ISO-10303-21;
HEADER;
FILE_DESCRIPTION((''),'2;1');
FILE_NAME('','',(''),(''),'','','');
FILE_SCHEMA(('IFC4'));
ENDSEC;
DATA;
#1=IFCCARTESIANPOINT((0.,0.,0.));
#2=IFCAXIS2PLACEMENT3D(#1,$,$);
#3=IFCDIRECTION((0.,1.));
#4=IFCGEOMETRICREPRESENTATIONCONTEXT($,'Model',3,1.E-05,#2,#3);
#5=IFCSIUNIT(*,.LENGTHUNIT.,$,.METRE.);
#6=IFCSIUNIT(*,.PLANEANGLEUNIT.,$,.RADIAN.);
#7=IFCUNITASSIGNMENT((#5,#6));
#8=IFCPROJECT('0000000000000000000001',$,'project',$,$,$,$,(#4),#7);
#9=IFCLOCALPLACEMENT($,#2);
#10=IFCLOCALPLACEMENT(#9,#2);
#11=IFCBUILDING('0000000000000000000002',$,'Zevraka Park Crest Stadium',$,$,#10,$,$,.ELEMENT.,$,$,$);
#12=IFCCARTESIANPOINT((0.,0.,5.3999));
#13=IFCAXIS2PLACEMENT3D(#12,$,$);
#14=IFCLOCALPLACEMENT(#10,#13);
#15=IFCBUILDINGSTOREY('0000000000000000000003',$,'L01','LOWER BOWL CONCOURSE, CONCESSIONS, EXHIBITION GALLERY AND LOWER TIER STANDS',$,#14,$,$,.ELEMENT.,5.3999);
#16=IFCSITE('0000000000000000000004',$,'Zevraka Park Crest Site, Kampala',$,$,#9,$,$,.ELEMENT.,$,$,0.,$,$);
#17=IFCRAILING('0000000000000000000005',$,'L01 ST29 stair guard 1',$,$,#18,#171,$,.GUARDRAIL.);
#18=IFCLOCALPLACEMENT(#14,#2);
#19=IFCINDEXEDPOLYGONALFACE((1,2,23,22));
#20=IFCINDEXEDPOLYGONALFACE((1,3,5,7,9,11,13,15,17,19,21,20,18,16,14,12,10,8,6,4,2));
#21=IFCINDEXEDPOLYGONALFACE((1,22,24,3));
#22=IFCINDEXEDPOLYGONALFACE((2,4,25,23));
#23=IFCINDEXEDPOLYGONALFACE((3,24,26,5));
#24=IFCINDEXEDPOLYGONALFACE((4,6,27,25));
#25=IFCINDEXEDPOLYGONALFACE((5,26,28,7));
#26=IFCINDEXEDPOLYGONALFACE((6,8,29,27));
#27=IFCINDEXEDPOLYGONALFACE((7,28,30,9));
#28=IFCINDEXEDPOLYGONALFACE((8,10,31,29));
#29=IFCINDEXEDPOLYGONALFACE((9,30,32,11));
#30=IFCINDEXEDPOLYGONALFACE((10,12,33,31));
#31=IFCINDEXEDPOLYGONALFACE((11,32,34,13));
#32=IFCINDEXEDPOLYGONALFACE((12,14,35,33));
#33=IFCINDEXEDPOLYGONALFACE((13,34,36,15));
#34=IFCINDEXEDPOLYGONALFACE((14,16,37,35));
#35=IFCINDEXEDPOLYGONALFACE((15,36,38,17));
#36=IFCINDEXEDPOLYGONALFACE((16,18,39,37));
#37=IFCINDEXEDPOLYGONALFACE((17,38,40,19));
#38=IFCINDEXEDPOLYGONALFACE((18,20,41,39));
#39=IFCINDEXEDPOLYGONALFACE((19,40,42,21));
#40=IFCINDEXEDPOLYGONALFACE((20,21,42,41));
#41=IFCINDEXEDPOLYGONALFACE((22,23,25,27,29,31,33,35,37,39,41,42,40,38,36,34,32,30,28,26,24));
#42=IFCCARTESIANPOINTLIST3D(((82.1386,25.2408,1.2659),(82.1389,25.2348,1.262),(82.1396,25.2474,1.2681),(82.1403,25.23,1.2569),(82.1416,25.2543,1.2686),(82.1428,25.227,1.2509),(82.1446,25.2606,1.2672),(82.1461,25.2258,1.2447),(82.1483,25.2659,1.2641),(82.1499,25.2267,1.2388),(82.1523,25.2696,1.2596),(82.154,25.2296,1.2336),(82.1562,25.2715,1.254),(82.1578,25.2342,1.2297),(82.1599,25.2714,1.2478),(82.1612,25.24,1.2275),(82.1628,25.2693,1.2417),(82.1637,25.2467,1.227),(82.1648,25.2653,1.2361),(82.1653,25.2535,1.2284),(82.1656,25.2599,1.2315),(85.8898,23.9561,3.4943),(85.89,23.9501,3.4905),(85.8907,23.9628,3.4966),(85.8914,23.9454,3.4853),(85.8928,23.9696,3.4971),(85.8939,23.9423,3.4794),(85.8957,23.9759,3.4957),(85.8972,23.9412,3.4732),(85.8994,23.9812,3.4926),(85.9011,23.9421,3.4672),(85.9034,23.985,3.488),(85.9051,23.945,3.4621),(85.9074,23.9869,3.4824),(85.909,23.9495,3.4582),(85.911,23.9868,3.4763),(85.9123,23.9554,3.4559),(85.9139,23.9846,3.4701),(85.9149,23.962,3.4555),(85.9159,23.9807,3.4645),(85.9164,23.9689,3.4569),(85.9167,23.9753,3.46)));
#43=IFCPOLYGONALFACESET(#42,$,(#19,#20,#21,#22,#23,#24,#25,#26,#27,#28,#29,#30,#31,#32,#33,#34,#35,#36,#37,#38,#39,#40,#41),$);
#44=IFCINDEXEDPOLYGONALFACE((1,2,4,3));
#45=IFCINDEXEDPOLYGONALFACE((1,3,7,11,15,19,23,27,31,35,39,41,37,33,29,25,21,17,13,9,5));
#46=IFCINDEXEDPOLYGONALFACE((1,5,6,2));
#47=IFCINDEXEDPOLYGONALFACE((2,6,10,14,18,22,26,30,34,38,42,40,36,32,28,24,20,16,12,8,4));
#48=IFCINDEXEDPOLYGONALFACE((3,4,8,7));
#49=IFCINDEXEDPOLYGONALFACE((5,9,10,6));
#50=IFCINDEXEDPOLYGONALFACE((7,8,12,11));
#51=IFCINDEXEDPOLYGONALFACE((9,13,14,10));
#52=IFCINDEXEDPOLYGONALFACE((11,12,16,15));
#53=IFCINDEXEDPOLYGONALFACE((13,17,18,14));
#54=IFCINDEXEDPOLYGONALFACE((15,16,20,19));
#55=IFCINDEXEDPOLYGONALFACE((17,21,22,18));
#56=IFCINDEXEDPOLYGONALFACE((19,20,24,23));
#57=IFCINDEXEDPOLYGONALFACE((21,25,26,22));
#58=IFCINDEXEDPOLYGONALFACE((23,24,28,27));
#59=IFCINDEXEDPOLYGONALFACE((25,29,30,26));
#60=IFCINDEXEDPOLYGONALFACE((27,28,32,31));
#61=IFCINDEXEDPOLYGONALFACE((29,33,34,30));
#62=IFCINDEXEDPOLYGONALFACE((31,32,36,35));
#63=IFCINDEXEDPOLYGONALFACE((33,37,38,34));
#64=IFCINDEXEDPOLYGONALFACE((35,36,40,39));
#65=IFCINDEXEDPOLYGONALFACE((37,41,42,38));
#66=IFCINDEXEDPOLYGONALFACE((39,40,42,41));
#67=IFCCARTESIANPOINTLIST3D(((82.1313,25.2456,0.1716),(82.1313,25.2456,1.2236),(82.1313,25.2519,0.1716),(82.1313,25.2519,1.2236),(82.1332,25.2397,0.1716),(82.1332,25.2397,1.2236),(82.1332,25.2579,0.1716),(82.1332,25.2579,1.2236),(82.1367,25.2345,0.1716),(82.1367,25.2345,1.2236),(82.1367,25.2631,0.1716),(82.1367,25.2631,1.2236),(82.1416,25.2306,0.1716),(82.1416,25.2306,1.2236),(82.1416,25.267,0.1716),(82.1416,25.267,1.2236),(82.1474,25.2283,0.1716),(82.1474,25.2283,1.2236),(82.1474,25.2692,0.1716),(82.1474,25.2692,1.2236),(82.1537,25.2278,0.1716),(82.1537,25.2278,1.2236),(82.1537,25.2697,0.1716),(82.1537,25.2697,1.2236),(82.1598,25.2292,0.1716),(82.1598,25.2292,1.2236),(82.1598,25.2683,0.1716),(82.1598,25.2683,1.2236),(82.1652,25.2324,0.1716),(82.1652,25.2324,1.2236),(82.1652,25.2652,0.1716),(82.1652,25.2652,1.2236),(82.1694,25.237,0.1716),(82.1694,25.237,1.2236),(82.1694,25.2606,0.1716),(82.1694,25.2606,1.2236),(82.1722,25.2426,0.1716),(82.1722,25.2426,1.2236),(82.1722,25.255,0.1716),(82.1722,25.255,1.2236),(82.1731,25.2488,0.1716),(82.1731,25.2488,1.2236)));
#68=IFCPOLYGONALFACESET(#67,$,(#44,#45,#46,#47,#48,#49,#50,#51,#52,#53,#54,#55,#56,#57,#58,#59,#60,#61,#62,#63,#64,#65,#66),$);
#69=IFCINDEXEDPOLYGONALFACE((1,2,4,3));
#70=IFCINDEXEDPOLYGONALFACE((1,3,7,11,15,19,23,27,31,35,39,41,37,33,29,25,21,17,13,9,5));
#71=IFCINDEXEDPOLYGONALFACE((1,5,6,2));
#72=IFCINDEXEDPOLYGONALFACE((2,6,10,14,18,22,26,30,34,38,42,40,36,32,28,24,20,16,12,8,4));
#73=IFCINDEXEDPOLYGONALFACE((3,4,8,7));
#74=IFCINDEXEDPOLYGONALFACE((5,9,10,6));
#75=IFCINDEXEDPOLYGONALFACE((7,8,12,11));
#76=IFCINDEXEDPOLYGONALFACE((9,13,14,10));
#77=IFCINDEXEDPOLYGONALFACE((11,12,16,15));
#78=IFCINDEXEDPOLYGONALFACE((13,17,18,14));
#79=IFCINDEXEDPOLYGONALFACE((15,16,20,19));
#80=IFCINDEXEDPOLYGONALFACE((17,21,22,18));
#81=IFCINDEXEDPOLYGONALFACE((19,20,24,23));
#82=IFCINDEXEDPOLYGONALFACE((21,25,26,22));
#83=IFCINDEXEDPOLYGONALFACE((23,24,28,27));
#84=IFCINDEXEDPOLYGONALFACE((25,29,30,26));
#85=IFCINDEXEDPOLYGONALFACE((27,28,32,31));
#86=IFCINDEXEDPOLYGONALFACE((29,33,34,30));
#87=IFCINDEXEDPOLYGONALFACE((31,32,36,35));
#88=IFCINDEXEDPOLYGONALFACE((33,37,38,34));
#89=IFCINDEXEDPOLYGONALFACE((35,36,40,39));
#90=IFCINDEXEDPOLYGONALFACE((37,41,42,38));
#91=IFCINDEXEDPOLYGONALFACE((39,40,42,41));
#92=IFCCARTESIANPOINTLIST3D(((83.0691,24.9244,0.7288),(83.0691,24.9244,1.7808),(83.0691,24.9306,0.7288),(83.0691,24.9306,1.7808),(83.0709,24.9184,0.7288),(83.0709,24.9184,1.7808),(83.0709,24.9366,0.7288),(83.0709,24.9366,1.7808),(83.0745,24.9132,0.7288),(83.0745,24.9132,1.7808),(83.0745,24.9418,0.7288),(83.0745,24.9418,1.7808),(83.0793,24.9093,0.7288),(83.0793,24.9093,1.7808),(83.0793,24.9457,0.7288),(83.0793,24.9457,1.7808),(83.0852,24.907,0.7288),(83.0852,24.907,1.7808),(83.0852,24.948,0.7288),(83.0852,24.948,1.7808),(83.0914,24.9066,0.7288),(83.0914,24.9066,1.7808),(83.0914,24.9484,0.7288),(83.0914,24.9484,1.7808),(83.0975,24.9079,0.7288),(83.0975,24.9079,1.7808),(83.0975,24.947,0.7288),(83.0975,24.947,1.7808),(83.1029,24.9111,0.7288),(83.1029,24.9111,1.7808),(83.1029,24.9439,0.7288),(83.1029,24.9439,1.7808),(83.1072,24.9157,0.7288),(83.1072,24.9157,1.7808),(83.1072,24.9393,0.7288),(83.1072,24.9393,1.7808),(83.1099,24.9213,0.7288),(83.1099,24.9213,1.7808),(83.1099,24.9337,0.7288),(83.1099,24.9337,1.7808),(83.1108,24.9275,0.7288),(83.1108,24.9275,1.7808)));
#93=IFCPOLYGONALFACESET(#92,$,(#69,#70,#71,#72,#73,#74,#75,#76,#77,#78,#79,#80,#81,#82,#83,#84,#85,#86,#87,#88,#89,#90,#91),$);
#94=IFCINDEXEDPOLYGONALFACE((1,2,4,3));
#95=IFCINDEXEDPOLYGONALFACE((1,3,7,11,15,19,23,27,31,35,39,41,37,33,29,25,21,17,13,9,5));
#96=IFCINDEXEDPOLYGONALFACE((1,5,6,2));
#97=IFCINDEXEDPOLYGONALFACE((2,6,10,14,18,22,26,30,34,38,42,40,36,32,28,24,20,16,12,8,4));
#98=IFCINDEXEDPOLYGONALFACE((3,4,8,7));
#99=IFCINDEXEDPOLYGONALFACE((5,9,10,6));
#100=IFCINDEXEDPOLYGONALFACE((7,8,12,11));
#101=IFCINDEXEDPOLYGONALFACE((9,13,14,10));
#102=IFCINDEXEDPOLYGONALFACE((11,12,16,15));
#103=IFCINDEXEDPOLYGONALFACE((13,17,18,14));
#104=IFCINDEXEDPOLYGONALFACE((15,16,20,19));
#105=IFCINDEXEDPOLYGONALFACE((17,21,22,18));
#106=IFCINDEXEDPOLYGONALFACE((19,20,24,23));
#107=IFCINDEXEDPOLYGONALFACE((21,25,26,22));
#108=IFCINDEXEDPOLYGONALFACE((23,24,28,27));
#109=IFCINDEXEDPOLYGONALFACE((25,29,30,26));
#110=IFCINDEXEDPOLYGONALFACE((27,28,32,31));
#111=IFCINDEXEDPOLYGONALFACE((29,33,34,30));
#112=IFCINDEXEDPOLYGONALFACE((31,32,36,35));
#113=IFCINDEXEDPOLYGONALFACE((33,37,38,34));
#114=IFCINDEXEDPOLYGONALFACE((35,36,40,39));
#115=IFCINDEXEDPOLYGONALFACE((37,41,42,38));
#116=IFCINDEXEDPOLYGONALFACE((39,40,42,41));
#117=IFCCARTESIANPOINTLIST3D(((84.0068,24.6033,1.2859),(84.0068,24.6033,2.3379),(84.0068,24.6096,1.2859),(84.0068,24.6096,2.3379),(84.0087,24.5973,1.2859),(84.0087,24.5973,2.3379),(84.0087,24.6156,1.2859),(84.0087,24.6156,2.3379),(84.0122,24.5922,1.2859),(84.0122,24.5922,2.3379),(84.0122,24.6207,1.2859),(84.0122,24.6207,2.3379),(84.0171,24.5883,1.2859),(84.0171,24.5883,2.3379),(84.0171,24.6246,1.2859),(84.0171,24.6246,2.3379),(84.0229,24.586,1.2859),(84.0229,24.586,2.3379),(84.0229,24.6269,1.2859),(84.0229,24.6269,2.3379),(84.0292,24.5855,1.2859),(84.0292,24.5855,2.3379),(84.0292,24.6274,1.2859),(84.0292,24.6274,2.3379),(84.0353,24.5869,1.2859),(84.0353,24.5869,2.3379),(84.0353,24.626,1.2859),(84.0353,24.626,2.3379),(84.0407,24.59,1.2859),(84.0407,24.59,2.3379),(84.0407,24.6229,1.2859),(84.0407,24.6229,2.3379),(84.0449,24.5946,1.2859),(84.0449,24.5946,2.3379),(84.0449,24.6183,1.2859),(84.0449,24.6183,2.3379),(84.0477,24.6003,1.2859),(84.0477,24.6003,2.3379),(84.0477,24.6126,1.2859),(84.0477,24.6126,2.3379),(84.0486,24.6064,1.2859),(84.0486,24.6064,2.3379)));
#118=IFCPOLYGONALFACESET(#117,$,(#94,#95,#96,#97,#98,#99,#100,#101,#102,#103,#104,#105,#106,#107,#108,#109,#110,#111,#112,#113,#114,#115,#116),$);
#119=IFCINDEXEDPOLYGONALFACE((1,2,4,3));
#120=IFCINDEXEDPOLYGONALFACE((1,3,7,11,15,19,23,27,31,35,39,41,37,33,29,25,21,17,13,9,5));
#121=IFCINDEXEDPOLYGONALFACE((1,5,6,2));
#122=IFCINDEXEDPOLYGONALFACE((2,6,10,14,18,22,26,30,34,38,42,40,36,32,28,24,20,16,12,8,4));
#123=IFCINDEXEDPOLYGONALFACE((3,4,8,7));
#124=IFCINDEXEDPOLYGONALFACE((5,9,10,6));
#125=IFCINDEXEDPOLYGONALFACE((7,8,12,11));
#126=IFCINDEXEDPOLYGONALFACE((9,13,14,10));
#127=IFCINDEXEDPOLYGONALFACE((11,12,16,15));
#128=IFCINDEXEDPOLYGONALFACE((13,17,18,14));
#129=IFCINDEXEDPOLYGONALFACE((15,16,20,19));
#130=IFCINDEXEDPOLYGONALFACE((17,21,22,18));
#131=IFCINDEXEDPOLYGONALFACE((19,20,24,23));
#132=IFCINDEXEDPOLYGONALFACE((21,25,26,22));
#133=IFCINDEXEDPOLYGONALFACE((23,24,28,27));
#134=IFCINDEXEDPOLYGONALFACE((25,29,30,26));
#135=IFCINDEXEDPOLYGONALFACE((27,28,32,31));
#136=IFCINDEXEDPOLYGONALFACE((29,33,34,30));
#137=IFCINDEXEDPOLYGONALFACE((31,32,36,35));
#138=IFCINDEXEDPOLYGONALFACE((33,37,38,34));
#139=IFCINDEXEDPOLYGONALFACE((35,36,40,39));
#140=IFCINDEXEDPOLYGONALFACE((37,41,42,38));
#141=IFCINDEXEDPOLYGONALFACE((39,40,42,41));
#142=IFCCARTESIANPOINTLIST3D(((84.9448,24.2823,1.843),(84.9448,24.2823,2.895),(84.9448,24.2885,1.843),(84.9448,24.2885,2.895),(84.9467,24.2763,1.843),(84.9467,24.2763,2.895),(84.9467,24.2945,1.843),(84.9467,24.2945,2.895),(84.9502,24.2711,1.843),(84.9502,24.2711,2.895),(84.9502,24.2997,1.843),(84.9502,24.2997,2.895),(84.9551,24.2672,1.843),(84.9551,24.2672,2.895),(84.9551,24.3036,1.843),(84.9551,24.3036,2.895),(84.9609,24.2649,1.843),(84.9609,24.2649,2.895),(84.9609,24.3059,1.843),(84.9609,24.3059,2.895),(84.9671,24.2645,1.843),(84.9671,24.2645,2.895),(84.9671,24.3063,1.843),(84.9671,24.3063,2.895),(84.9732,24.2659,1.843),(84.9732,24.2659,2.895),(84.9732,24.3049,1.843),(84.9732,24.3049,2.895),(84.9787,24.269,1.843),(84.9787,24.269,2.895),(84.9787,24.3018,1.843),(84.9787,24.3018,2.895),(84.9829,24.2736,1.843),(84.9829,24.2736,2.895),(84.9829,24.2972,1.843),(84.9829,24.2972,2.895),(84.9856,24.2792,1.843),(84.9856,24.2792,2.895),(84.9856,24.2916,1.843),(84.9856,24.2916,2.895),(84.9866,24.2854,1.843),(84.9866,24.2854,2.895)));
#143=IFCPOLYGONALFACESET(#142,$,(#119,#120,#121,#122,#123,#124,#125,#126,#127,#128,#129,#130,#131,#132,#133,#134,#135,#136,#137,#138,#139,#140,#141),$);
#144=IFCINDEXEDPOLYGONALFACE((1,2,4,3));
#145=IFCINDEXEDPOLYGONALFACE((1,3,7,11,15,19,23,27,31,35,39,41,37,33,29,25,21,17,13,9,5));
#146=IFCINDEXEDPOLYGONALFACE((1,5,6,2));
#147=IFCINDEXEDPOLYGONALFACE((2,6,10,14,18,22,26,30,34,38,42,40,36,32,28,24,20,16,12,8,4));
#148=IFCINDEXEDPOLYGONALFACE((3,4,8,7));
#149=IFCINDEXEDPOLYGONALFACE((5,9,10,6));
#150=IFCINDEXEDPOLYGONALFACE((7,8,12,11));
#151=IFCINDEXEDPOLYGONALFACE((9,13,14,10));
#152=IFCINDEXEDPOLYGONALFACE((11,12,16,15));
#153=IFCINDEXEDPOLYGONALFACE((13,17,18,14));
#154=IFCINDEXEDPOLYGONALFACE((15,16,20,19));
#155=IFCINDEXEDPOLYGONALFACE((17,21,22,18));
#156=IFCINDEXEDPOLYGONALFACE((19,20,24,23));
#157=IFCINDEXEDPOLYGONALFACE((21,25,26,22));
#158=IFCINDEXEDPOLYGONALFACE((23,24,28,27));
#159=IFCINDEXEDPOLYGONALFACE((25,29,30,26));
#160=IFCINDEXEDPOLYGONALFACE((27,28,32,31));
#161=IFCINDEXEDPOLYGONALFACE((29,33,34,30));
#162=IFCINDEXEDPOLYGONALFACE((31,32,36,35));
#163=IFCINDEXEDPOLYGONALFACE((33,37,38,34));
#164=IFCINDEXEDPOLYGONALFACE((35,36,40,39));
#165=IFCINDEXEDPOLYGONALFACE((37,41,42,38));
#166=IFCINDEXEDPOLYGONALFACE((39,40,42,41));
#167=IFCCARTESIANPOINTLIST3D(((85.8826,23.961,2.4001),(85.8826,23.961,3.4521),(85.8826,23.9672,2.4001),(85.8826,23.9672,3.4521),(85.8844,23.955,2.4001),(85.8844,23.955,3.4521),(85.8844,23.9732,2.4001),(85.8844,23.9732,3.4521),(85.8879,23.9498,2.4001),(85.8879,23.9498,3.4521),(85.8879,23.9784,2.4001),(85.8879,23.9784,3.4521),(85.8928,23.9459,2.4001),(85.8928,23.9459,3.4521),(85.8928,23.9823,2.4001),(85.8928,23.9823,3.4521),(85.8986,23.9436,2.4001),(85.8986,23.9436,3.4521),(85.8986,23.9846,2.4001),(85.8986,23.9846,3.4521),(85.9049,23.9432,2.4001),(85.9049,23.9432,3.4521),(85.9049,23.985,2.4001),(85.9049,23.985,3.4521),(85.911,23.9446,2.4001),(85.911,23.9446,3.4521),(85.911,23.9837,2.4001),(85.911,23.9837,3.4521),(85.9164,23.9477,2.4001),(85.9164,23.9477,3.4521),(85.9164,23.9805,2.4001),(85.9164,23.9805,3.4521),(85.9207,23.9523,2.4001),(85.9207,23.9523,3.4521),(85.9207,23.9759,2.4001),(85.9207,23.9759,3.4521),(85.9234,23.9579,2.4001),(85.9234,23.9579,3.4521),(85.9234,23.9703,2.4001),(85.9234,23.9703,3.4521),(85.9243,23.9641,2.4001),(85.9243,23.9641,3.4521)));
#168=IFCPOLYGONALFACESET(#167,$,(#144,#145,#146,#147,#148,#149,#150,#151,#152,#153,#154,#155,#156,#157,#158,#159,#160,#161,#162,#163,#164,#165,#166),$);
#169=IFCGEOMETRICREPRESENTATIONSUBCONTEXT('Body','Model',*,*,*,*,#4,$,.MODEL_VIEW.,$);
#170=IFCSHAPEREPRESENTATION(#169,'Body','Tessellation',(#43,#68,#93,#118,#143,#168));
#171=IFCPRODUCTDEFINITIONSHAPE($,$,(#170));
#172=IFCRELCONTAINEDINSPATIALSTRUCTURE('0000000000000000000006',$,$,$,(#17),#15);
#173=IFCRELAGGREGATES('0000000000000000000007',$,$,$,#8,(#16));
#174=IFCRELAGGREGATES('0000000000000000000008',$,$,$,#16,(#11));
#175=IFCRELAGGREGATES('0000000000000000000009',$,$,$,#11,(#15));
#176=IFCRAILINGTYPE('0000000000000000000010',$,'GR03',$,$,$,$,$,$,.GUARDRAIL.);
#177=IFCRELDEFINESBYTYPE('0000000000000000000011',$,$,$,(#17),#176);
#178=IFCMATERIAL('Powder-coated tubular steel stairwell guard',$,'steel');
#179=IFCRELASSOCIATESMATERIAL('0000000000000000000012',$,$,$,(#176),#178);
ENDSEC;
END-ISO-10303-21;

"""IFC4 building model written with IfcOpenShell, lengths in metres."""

from ifc_helpers import new_model, si_unit, direction, frame, origin, origin_2d, place, context, subcontext, project, spatial, circle, extrude, material, type_object, element, save


model = new_model("IFC4")

# Units and contexts
model_context = context("Model", 3, precision=1e-05, world=origin(), true_north=direction((0.0, 1.0)))
body_context = subcontext(model_context, "Body", "Model", "MODEL_VIEW")
ifc_project = project(units=[si_unit("LENGTHUNIT", "METRE"), si_unit("PLANEANGLEUNIT", "RADIAN")], contexts=[model_context])

# Site, building, storey
site_placement = place(None, origin())
site = spatial("IfcSite", under=ifc_project, at=site_placement, Name="Zevraka Park Crest Site, Kampala", CompositionType="ELEMENT", RefElevation=0.0)
building_placement = place(site_placement, origin())
building = spatial("IfcBuilding", under=site, at=building_placement, Name="Zevraka Park Crest Stadium", CompositionType="ELEMENT")
storey_placement = place(building_placement, frame((0.0, 0.0, 5.3999)))
storey = spatial("IfcBuildingStorey", under=building, at=storey_placement, Name="L01", Description="LOWER BOWL CONCOURSE, CONCESSIONS, EXHIBITION GALLERY AND LOWER TIER STANDS", CompositionType="ELEMENT", Elevation=5.3999)

# Railing
ifc_material_1 = material(Name="Powder-coated tubular steel stairwell guard", Category="steel")
railing_type_1 = type_object("IfcRailingType", Name="GR03", PredefinedType="GUARDRAIL", material=ifc_material_1)
railing_1_placement = place(storey_placement, frame((82.1521, 25.2488, 0.1716)))
element("IfcRailing", 1, at=railing_1_placement, inside=storey, type_object=railing_type_1, Name="L01 ST29 stair guard 1", PredefinedType="GUARDRAIL", context=body_context, shape_type="SweptSolid", body=[
    extrude(circle(Radius=0.0239, at=origin_2d()), frame((0.0, 0.0, 1.0762), z_axis=(0.824727, -0.282441, 0.489952), x_axis=(0.323994, 0.946059, 0.0)), (0.0, 0.0, 1.0), 4.5483),
    extrude(circle(Radius=0.021, at=origin_2d()), origin(), (0.0, 0.0, 1.0), 1.052),
    extrude(circle(Radius=0.021, at=origin_2d()), frame((0.9377, -0.3213, 0.5571)), (0.0, 0.0, 1.0), 1.052),
    extrude(circle(Radius=0.021, at=origin_2d()), frame((1.8755, -0.6423, 1.1143)), (0.0, 0.0, 1.0), 1.052),
    extrude(circle(Radius=0.021, at=origin_2d()), frame((2.8135, -0.9634, 1.6714)), (0.0, 0.0, 1.0), 1.052),
    extrude(circle(Radius=0.021, at=origin_2d()), frame((3.7512, -1.2847, 2.2285)), (0.0, 0.0, 1.0), 1.052),
])

save(model, "model.ifc")
